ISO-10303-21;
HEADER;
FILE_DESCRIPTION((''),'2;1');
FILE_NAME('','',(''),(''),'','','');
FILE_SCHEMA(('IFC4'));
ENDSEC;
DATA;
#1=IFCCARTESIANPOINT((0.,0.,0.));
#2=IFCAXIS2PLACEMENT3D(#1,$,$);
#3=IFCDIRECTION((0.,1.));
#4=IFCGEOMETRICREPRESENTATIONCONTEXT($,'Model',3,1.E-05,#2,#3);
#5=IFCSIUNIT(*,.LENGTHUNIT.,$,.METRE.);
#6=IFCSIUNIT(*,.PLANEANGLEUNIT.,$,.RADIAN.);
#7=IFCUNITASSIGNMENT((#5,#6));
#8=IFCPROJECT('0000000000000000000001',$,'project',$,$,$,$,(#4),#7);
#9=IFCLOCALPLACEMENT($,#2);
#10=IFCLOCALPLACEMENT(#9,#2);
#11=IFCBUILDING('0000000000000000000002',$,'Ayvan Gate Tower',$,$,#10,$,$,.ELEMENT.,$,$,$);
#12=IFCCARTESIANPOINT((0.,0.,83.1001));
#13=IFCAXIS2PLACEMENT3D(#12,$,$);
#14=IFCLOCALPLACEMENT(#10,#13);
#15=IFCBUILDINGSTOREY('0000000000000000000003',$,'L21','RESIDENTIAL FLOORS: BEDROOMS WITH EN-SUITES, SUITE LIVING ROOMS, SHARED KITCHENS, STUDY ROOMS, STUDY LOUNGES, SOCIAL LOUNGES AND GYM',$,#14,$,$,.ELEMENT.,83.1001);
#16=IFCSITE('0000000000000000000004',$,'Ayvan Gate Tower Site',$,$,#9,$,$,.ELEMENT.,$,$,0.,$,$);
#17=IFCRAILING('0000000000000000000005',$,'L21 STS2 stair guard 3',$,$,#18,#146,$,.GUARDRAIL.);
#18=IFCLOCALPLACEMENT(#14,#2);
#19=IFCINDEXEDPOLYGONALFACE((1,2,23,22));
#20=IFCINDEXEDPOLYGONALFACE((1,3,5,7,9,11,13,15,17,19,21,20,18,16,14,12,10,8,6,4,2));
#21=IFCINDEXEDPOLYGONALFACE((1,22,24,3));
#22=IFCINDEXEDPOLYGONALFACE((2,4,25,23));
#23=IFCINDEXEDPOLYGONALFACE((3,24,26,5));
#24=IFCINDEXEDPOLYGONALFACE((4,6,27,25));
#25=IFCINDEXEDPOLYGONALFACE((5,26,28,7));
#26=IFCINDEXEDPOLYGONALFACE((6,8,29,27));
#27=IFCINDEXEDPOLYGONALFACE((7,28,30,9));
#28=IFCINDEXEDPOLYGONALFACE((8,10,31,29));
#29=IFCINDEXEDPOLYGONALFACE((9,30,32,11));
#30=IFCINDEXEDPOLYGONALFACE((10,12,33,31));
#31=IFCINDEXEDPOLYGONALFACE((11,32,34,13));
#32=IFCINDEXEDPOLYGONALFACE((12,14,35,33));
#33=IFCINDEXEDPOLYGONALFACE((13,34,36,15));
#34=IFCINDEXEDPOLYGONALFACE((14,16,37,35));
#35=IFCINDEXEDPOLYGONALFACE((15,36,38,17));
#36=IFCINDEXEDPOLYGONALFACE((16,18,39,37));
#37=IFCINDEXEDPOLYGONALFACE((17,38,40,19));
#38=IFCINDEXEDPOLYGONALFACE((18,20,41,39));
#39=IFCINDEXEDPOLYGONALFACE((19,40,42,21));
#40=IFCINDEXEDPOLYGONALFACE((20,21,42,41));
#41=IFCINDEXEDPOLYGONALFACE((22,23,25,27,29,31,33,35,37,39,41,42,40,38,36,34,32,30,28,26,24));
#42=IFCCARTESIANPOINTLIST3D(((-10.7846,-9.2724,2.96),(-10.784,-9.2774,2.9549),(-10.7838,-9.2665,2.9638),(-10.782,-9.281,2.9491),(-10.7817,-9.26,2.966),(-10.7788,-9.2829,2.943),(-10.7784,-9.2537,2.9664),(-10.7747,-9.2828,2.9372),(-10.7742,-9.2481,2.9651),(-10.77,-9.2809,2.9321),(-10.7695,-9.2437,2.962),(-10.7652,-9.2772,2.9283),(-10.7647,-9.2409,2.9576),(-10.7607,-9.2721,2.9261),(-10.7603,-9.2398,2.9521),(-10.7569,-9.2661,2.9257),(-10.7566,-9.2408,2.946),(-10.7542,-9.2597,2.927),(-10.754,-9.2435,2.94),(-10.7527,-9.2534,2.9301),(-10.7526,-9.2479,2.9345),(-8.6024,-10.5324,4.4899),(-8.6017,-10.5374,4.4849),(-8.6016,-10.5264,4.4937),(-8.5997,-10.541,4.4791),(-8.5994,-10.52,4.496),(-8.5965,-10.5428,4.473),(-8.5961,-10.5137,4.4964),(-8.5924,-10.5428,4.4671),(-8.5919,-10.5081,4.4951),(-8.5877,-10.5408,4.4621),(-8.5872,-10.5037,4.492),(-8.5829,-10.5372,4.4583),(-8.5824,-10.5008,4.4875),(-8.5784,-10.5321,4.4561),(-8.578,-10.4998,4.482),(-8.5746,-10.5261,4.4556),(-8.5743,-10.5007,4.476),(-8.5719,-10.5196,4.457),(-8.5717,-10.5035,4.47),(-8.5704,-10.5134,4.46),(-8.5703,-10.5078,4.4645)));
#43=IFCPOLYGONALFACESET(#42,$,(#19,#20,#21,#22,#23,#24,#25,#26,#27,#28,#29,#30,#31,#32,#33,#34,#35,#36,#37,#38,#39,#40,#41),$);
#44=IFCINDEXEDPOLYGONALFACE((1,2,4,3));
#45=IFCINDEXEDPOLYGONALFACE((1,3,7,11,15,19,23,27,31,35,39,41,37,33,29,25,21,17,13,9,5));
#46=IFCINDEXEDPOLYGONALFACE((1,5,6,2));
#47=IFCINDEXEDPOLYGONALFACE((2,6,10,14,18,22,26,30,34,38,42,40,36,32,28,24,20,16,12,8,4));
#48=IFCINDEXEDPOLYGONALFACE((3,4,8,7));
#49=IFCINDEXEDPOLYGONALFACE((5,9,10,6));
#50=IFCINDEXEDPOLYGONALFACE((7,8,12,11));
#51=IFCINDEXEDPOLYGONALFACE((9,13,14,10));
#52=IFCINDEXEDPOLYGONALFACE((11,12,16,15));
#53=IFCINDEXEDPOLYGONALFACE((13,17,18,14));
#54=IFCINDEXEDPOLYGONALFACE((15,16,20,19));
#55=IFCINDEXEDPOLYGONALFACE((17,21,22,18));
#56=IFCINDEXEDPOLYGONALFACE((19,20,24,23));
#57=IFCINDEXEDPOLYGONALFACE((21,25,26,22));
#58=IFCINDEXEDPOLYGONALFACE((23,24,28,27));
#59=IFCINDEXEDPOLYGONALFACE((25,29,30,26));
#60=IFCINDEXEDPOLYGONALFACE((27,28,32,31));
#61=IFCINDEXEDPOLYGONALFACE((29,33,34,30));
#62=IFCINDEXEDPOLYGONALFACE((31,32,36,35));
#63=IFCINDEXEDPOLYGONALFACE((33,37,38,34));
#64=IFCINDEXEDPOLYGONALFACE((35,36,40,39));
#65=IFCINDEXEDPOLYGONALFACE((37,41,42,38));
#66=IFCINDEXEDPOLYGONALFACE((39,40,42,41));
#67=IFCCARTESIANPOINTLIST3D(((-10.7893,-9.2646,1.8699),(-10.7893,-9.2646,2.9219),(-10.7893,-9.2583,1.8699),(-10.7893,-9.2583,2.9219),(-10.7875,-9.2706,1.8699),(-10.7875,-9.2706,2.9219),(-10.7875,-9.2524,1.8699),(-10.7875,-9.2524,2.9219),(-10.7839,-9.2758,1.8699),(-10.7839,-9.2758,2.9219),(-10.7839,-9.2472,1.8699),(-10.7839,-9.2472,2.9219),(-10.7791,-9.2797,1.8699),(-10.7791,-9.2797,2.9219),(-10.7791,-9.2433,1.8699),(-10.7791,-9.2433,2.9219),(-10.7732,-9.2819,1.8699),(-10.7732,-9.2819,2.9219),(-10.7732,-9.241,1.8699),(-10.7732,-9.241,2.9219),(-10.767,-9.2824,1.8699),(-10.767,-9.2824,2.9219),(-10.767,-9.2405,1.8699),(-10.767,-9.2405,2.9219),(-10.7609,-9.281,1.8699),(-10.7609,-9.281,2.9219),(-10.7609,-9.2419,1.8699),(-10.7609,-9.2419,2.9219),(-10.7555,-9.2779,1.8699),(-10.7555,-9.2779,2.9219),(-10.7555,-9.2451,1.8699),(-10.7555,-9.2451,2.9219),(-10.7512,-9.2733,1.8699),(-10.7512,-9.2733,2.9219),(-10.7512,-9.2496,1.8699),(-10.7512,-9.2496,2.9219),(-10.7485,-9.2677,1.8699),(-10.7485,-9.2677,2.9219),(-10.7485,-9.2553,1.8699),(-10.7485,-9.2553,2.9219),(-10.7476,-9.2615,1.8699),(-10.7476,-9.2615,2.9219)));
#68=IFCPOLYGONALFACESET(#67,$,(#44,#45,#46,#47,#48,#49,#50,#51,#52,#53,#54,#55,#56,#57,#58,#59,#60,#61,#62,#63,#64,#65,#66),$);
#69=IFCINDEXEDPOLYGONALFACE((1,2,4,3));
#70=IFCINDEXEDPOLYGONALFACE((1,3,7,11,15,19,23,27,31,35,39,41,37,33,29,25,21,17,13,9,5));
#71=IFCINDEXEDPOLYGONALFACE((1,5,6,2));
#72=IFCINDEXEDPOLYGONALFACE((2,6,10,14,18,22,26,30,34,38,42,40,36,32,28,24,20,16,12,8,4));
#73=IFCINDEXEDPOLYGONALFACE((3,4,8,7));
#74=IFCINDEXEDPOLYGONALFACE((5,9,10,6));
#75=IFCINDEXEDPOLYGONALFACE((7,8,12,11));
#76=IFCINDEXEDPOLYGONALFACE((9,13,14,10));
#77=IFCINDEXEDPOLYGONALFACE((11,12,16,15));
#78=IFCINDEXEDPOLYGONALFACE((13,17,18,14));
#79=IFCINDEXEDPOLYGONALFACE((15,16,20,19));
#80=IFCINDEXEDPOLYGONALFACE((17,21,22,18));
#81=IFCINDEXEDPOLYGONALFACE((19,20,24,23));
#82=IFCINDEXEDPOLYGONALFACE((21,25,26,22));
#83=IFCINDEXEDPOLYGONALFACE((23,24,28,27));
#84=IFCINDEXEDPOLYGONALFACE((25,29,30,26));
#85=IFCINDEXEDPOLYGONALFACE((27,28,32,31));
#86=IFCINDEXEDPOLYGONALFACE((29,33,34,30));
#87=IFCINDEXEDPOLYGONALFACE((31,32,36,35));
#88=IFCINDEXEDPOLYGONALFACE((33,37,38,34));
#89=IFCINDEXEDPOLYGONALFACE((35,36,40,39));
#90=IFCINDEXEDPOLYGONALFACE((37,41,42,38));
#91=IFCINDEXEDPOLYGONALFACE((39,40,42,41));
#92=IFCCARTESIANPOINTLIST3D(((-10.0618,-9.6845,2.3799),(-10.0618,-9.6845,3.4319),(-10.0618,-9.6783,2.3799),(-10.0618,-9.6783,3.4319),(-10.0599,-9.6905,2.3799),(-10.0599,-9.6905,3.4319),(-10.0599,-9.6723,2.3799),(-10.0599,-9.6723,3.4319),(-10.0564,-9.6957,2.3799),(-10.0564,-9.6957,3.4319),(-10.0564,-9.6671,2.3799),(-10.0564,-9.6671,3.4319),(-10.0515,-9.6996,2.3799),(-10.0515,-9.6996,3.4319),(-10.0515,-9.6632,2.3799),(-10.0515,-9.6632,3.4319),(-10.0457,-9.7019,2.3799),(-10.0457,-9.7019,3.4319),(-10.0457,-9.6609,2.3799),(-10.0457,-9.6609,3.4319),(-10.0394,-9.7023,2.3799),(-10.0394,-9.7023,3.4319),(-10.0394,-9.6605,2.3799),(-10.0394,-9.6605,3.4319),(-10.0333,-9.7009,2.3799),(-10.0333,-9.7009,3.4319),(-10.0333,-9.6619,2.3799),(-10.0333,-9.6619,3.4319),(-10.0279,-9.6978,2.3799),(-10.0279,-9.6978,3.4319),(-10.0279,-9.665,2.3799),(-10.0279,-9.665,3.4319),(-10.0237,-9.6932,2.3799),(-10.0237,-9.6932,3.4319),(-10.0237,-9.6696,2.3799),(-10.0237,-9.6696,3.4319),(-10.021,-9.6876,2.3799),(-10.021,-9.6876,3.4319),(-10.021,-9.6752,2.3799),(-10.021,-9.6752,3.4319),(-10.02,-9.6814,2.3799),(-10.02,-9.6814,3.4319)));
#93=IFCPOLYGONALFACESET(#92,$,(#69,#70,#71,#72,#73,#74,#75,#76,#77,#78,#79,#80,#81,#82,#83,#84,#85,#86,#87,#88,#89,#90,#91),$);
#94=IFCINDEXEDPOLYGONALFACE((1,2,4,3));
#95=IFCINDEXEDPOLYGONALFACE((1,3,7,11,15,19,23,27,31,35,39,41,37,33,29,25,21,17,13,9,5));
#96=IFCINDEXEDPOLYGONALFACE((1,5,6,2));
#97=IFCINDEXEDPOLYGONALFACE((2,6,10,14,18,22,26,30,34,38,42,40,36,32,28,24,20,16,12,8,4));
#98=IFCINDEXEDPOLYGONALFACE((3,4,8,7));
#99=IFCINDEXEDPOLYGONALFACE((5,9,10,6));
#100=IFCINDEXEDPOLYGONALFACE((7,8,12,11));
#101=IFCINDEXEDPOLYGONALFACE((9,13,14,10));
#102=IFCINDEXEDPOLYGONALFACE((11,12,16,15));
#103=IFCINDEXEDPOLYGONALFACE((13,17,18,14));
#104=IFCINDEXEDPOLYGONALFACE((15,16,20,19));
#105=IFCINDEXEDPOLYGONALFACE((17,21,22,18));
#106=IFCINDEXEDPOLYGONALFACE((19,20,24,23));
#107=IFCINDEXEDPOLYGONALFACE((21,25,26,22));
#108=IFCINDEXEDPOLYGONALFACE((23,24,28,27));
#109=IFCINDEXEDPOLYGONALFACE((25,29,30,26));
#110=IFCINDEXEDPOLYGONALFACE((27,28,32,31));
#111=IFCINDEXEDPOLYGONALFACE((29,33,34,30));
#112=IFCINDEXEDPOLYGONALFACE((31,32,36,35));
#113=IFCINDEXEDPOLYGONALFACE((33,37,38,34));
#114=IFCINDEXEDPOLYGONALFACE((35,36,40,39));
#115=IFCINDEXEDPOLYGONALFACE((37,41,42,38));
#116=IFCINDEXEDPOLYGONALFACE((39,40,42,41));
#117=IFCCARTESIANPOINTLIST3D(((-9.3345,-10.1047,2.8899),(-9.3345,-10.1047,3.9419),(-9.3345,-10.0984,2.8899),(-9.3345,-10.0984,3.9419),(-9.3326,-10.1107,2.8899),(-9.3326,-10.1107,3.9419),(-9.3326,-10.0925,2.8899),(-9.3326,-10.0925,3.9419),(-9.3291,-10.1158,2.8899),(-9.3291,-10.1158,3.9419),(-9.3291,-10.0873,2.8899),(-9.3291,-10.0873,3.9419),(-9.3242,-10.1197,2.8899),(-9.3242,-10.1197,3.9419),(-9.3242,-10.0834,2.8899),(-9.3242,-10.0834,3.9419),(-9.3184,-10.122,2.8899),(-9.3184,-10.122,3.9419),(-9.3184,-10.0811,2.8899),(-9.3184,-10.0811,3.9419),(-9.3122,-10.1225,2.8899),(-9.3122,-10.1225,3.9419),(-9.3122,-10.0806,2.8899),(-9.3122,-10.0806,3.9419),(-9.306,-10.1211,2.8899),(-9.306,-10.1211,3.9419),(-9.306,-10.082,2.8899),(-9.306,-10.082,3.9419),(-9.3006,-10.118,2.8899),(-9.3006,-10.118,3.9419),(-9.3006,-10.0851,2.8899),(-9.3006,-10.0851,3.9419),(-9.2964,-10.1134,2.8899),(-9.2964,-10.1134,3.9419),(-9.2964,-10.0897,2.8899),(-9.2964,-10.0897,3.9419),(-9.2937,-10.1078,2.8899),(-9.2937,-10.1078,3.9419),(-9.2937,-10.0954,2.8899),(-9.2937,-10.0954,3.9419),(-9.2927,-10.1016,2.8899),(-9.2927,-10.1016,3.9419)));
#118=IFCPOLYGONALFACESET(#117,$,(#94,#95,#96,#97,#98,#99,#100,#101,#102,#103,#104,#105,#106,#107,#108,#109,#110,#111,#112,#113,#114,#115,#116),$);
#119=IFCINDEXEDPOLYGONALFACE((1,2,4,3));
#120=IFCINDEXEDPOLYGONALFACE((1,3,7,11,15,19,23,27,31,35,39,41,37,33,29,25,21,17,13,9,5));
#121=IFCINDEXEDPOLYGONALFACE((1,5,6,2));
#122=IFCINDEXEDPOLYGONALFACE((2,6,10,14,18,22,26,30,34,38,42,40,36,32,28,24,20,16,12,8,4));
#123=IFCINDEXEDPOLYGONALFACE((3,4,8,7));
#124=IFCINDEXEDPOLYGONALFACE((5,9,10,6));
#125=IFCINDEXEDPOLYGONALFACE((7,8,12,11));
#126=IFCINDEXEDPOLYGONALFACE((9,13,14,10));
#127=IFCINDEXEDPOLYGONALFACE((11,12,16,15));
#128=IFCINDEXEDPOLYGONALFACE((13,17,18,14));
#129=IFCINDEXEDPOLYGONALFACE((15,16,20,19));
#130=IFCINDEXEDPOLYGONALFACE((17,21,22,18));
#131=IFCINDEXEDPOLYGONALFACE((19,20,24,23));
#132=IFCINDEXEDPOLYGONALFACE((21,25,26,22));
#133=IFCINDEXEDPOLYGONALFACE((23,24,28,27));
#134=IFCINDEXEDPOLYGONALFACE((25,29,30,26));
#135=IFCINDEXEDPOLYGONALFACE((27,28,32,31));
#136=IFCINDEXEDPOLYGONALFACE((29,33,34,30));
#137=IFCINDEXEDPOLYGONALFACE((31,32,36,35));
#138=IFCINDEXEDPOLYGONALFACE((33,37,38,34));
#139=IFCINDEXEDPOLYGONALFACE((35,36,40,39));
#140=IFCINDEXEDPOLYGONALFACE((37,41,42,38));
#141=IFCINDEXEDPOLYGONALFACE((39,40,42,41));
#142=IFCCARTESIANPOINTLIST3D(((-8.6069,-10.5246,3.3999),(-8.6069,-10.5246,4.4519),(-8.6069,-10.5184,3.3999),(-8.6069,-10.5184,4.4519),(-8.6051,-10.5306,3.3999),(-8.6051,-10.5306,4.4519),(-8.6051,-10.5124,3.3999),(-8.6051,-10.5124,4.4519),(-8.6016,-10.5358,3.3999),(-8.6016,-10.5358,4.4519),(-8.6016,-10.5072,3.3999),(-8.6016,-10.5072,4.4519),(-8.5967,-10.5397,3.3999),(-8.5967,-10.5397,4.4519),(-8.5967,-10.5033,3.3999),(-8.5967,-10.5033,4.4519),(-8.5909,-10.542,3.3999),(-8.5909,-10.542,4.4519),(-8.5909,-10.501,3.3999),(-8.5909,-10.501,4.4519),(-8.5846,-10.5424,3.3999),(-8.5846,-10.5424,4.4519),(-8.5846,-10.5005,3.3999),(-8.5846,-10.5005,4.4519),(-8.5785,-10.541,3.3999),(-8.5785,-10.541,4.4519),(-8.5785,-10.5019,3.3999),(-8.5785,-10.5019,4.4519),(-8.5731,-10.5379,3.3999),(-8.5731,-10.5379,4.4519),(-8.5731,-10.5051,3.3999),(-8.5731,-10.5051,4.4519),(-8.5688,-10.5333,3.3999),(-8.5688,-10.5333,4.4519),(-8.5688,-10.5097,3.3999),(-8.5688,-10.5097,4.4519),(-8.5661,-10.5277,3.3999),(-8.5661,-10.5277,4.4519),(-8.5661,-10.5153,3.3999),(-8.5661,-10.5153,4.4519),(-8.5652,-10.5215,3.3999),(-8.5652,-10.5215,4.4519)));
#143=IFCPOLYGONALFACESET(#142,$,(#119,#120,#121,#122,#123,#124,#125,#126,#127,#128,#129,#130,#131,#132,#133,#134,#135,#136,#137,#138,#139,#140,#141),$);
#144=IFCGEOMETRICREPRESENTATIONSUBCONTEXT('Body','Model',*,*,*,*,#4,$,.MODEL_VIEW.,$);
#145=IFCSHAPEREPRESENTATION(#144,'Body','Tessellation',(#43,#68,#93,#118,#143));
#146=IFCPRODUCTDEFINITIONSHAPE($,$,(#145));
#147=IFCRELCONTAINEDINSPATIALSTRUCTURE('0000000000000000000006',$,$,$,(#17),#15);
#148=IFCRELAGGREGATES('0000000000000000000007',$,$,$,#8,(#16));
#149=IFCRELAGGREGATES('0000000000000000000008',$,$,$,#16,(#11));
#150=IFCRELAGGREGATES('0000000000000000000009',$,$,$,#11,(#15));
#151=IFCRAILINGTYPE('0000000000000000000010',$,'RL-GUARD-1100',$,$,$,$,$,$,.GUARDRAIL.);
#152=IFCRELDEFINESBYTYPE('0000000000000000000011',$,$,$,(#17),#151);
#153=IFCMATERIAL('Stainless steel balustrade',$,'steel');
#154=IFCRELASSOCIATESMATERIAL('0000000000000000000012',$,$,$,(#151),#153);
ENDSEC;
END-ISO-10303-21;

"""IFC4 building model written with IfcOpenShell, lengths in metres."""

from ifc_helpers import new_model, si_unit, direction, frame, origin, origin_2d, place, context, subcontext, project, spatial, circle, extrude, material, type_object, element, save


model = new_model("IFC4")

# Units and contexts
model_context = context("Model", 3, precision=1e-05, world=origin(), true_north=direction((0.0, 1.0)))
body_context = subcontext(model_context, "Body", "Model", "MODEL_VIEW")
ifc_project = project(units=[si_unit("LENGTHUNIT", "METRE"), si_unit("PLANEANGLEUNIT", "RADIAN")], contexts=[model_context])

# Site, building, storey
site_placement = place(None, origin())
site = spatial("IfcSite", under=ifc_project, at=site_placement, Name="Ayvan Gate Tower Site", CompositionType="ELEMENT", RefElevation=0.0)
building_placement = place(site_placement, origin())
building = spatial("IfcBuilding", under=site, at=building_placement, Name="Ayvan Gate Tower", CompositionType="ELEMENT")
storey_placement = place(building_placement, frame((0.0, 0.0, 83.1001)))
storey = spatial("IfcBuildingStorey", under=building, at=storey_placement, Name="L21", Description="RESIDENTIAL FLOORS: BEDROOMS WITH EN-SUITES, SUITE LIVING ROOMS, SHARED KITCHENS, STUDY ROOMS, STUDY LOUNGES, SOCIAL LOUNGES AND GYM", CompositionType="ELEMENT", Elevation=83.1001)

# Railing
ifc_material_1 = material(Name="Stainless steel balustrade", Category="steel")
railing_type_1 = type_object("IfcRailingType", Name="RL-GUARD-1100", PredefinedType="GUARDRAIL", material=ifc_material_1)
railing_1_placement = place(storey_placement, frame((-10.7686, -9.2615, 1.8699)))
element("IfcRailing", 1, at=railing_1_placement, inside=storey, type_object=railing_type_1, Name="L21 STS2 stair guard 3", PredefinedType="GUARDRAIL", context=body_context, shape_type="SweptSolid", body=[
    extrude(circle(Radius=0.0239, at=origin_2d()), frame((0.0, 0.0, 1.0762), z_axis=(0.740261, -0.427395, 0.518986), x_axis=(0.500005, 0.866023, 0.0)), (0.0, 0.0, 1.0), 2.948),
    extrude(circle(Radius=0.021, at=origin_2d()), origin(), (0.0, 0.0, 1.0), 1.052),
    extrude(circle(Radius=0.021, at=origin_2d()), frame((0.7275, -0.4199, 0.51)), (0.0, 0.0, 1.0), 1.052),
    extrude(circle(Radius=0.021, at=origin_2d()), frame((1.4548, -0.8401, 1.02)), (0.0, 0.0, 1.0), 1.052),
    extrude(circle(Radius=0.021, at=origin_2d()), frame((2.1824, -1.26, 1.53)), (0.0, 0.0, 1.0), 1.052),
])

save(model, "model.ifc")
